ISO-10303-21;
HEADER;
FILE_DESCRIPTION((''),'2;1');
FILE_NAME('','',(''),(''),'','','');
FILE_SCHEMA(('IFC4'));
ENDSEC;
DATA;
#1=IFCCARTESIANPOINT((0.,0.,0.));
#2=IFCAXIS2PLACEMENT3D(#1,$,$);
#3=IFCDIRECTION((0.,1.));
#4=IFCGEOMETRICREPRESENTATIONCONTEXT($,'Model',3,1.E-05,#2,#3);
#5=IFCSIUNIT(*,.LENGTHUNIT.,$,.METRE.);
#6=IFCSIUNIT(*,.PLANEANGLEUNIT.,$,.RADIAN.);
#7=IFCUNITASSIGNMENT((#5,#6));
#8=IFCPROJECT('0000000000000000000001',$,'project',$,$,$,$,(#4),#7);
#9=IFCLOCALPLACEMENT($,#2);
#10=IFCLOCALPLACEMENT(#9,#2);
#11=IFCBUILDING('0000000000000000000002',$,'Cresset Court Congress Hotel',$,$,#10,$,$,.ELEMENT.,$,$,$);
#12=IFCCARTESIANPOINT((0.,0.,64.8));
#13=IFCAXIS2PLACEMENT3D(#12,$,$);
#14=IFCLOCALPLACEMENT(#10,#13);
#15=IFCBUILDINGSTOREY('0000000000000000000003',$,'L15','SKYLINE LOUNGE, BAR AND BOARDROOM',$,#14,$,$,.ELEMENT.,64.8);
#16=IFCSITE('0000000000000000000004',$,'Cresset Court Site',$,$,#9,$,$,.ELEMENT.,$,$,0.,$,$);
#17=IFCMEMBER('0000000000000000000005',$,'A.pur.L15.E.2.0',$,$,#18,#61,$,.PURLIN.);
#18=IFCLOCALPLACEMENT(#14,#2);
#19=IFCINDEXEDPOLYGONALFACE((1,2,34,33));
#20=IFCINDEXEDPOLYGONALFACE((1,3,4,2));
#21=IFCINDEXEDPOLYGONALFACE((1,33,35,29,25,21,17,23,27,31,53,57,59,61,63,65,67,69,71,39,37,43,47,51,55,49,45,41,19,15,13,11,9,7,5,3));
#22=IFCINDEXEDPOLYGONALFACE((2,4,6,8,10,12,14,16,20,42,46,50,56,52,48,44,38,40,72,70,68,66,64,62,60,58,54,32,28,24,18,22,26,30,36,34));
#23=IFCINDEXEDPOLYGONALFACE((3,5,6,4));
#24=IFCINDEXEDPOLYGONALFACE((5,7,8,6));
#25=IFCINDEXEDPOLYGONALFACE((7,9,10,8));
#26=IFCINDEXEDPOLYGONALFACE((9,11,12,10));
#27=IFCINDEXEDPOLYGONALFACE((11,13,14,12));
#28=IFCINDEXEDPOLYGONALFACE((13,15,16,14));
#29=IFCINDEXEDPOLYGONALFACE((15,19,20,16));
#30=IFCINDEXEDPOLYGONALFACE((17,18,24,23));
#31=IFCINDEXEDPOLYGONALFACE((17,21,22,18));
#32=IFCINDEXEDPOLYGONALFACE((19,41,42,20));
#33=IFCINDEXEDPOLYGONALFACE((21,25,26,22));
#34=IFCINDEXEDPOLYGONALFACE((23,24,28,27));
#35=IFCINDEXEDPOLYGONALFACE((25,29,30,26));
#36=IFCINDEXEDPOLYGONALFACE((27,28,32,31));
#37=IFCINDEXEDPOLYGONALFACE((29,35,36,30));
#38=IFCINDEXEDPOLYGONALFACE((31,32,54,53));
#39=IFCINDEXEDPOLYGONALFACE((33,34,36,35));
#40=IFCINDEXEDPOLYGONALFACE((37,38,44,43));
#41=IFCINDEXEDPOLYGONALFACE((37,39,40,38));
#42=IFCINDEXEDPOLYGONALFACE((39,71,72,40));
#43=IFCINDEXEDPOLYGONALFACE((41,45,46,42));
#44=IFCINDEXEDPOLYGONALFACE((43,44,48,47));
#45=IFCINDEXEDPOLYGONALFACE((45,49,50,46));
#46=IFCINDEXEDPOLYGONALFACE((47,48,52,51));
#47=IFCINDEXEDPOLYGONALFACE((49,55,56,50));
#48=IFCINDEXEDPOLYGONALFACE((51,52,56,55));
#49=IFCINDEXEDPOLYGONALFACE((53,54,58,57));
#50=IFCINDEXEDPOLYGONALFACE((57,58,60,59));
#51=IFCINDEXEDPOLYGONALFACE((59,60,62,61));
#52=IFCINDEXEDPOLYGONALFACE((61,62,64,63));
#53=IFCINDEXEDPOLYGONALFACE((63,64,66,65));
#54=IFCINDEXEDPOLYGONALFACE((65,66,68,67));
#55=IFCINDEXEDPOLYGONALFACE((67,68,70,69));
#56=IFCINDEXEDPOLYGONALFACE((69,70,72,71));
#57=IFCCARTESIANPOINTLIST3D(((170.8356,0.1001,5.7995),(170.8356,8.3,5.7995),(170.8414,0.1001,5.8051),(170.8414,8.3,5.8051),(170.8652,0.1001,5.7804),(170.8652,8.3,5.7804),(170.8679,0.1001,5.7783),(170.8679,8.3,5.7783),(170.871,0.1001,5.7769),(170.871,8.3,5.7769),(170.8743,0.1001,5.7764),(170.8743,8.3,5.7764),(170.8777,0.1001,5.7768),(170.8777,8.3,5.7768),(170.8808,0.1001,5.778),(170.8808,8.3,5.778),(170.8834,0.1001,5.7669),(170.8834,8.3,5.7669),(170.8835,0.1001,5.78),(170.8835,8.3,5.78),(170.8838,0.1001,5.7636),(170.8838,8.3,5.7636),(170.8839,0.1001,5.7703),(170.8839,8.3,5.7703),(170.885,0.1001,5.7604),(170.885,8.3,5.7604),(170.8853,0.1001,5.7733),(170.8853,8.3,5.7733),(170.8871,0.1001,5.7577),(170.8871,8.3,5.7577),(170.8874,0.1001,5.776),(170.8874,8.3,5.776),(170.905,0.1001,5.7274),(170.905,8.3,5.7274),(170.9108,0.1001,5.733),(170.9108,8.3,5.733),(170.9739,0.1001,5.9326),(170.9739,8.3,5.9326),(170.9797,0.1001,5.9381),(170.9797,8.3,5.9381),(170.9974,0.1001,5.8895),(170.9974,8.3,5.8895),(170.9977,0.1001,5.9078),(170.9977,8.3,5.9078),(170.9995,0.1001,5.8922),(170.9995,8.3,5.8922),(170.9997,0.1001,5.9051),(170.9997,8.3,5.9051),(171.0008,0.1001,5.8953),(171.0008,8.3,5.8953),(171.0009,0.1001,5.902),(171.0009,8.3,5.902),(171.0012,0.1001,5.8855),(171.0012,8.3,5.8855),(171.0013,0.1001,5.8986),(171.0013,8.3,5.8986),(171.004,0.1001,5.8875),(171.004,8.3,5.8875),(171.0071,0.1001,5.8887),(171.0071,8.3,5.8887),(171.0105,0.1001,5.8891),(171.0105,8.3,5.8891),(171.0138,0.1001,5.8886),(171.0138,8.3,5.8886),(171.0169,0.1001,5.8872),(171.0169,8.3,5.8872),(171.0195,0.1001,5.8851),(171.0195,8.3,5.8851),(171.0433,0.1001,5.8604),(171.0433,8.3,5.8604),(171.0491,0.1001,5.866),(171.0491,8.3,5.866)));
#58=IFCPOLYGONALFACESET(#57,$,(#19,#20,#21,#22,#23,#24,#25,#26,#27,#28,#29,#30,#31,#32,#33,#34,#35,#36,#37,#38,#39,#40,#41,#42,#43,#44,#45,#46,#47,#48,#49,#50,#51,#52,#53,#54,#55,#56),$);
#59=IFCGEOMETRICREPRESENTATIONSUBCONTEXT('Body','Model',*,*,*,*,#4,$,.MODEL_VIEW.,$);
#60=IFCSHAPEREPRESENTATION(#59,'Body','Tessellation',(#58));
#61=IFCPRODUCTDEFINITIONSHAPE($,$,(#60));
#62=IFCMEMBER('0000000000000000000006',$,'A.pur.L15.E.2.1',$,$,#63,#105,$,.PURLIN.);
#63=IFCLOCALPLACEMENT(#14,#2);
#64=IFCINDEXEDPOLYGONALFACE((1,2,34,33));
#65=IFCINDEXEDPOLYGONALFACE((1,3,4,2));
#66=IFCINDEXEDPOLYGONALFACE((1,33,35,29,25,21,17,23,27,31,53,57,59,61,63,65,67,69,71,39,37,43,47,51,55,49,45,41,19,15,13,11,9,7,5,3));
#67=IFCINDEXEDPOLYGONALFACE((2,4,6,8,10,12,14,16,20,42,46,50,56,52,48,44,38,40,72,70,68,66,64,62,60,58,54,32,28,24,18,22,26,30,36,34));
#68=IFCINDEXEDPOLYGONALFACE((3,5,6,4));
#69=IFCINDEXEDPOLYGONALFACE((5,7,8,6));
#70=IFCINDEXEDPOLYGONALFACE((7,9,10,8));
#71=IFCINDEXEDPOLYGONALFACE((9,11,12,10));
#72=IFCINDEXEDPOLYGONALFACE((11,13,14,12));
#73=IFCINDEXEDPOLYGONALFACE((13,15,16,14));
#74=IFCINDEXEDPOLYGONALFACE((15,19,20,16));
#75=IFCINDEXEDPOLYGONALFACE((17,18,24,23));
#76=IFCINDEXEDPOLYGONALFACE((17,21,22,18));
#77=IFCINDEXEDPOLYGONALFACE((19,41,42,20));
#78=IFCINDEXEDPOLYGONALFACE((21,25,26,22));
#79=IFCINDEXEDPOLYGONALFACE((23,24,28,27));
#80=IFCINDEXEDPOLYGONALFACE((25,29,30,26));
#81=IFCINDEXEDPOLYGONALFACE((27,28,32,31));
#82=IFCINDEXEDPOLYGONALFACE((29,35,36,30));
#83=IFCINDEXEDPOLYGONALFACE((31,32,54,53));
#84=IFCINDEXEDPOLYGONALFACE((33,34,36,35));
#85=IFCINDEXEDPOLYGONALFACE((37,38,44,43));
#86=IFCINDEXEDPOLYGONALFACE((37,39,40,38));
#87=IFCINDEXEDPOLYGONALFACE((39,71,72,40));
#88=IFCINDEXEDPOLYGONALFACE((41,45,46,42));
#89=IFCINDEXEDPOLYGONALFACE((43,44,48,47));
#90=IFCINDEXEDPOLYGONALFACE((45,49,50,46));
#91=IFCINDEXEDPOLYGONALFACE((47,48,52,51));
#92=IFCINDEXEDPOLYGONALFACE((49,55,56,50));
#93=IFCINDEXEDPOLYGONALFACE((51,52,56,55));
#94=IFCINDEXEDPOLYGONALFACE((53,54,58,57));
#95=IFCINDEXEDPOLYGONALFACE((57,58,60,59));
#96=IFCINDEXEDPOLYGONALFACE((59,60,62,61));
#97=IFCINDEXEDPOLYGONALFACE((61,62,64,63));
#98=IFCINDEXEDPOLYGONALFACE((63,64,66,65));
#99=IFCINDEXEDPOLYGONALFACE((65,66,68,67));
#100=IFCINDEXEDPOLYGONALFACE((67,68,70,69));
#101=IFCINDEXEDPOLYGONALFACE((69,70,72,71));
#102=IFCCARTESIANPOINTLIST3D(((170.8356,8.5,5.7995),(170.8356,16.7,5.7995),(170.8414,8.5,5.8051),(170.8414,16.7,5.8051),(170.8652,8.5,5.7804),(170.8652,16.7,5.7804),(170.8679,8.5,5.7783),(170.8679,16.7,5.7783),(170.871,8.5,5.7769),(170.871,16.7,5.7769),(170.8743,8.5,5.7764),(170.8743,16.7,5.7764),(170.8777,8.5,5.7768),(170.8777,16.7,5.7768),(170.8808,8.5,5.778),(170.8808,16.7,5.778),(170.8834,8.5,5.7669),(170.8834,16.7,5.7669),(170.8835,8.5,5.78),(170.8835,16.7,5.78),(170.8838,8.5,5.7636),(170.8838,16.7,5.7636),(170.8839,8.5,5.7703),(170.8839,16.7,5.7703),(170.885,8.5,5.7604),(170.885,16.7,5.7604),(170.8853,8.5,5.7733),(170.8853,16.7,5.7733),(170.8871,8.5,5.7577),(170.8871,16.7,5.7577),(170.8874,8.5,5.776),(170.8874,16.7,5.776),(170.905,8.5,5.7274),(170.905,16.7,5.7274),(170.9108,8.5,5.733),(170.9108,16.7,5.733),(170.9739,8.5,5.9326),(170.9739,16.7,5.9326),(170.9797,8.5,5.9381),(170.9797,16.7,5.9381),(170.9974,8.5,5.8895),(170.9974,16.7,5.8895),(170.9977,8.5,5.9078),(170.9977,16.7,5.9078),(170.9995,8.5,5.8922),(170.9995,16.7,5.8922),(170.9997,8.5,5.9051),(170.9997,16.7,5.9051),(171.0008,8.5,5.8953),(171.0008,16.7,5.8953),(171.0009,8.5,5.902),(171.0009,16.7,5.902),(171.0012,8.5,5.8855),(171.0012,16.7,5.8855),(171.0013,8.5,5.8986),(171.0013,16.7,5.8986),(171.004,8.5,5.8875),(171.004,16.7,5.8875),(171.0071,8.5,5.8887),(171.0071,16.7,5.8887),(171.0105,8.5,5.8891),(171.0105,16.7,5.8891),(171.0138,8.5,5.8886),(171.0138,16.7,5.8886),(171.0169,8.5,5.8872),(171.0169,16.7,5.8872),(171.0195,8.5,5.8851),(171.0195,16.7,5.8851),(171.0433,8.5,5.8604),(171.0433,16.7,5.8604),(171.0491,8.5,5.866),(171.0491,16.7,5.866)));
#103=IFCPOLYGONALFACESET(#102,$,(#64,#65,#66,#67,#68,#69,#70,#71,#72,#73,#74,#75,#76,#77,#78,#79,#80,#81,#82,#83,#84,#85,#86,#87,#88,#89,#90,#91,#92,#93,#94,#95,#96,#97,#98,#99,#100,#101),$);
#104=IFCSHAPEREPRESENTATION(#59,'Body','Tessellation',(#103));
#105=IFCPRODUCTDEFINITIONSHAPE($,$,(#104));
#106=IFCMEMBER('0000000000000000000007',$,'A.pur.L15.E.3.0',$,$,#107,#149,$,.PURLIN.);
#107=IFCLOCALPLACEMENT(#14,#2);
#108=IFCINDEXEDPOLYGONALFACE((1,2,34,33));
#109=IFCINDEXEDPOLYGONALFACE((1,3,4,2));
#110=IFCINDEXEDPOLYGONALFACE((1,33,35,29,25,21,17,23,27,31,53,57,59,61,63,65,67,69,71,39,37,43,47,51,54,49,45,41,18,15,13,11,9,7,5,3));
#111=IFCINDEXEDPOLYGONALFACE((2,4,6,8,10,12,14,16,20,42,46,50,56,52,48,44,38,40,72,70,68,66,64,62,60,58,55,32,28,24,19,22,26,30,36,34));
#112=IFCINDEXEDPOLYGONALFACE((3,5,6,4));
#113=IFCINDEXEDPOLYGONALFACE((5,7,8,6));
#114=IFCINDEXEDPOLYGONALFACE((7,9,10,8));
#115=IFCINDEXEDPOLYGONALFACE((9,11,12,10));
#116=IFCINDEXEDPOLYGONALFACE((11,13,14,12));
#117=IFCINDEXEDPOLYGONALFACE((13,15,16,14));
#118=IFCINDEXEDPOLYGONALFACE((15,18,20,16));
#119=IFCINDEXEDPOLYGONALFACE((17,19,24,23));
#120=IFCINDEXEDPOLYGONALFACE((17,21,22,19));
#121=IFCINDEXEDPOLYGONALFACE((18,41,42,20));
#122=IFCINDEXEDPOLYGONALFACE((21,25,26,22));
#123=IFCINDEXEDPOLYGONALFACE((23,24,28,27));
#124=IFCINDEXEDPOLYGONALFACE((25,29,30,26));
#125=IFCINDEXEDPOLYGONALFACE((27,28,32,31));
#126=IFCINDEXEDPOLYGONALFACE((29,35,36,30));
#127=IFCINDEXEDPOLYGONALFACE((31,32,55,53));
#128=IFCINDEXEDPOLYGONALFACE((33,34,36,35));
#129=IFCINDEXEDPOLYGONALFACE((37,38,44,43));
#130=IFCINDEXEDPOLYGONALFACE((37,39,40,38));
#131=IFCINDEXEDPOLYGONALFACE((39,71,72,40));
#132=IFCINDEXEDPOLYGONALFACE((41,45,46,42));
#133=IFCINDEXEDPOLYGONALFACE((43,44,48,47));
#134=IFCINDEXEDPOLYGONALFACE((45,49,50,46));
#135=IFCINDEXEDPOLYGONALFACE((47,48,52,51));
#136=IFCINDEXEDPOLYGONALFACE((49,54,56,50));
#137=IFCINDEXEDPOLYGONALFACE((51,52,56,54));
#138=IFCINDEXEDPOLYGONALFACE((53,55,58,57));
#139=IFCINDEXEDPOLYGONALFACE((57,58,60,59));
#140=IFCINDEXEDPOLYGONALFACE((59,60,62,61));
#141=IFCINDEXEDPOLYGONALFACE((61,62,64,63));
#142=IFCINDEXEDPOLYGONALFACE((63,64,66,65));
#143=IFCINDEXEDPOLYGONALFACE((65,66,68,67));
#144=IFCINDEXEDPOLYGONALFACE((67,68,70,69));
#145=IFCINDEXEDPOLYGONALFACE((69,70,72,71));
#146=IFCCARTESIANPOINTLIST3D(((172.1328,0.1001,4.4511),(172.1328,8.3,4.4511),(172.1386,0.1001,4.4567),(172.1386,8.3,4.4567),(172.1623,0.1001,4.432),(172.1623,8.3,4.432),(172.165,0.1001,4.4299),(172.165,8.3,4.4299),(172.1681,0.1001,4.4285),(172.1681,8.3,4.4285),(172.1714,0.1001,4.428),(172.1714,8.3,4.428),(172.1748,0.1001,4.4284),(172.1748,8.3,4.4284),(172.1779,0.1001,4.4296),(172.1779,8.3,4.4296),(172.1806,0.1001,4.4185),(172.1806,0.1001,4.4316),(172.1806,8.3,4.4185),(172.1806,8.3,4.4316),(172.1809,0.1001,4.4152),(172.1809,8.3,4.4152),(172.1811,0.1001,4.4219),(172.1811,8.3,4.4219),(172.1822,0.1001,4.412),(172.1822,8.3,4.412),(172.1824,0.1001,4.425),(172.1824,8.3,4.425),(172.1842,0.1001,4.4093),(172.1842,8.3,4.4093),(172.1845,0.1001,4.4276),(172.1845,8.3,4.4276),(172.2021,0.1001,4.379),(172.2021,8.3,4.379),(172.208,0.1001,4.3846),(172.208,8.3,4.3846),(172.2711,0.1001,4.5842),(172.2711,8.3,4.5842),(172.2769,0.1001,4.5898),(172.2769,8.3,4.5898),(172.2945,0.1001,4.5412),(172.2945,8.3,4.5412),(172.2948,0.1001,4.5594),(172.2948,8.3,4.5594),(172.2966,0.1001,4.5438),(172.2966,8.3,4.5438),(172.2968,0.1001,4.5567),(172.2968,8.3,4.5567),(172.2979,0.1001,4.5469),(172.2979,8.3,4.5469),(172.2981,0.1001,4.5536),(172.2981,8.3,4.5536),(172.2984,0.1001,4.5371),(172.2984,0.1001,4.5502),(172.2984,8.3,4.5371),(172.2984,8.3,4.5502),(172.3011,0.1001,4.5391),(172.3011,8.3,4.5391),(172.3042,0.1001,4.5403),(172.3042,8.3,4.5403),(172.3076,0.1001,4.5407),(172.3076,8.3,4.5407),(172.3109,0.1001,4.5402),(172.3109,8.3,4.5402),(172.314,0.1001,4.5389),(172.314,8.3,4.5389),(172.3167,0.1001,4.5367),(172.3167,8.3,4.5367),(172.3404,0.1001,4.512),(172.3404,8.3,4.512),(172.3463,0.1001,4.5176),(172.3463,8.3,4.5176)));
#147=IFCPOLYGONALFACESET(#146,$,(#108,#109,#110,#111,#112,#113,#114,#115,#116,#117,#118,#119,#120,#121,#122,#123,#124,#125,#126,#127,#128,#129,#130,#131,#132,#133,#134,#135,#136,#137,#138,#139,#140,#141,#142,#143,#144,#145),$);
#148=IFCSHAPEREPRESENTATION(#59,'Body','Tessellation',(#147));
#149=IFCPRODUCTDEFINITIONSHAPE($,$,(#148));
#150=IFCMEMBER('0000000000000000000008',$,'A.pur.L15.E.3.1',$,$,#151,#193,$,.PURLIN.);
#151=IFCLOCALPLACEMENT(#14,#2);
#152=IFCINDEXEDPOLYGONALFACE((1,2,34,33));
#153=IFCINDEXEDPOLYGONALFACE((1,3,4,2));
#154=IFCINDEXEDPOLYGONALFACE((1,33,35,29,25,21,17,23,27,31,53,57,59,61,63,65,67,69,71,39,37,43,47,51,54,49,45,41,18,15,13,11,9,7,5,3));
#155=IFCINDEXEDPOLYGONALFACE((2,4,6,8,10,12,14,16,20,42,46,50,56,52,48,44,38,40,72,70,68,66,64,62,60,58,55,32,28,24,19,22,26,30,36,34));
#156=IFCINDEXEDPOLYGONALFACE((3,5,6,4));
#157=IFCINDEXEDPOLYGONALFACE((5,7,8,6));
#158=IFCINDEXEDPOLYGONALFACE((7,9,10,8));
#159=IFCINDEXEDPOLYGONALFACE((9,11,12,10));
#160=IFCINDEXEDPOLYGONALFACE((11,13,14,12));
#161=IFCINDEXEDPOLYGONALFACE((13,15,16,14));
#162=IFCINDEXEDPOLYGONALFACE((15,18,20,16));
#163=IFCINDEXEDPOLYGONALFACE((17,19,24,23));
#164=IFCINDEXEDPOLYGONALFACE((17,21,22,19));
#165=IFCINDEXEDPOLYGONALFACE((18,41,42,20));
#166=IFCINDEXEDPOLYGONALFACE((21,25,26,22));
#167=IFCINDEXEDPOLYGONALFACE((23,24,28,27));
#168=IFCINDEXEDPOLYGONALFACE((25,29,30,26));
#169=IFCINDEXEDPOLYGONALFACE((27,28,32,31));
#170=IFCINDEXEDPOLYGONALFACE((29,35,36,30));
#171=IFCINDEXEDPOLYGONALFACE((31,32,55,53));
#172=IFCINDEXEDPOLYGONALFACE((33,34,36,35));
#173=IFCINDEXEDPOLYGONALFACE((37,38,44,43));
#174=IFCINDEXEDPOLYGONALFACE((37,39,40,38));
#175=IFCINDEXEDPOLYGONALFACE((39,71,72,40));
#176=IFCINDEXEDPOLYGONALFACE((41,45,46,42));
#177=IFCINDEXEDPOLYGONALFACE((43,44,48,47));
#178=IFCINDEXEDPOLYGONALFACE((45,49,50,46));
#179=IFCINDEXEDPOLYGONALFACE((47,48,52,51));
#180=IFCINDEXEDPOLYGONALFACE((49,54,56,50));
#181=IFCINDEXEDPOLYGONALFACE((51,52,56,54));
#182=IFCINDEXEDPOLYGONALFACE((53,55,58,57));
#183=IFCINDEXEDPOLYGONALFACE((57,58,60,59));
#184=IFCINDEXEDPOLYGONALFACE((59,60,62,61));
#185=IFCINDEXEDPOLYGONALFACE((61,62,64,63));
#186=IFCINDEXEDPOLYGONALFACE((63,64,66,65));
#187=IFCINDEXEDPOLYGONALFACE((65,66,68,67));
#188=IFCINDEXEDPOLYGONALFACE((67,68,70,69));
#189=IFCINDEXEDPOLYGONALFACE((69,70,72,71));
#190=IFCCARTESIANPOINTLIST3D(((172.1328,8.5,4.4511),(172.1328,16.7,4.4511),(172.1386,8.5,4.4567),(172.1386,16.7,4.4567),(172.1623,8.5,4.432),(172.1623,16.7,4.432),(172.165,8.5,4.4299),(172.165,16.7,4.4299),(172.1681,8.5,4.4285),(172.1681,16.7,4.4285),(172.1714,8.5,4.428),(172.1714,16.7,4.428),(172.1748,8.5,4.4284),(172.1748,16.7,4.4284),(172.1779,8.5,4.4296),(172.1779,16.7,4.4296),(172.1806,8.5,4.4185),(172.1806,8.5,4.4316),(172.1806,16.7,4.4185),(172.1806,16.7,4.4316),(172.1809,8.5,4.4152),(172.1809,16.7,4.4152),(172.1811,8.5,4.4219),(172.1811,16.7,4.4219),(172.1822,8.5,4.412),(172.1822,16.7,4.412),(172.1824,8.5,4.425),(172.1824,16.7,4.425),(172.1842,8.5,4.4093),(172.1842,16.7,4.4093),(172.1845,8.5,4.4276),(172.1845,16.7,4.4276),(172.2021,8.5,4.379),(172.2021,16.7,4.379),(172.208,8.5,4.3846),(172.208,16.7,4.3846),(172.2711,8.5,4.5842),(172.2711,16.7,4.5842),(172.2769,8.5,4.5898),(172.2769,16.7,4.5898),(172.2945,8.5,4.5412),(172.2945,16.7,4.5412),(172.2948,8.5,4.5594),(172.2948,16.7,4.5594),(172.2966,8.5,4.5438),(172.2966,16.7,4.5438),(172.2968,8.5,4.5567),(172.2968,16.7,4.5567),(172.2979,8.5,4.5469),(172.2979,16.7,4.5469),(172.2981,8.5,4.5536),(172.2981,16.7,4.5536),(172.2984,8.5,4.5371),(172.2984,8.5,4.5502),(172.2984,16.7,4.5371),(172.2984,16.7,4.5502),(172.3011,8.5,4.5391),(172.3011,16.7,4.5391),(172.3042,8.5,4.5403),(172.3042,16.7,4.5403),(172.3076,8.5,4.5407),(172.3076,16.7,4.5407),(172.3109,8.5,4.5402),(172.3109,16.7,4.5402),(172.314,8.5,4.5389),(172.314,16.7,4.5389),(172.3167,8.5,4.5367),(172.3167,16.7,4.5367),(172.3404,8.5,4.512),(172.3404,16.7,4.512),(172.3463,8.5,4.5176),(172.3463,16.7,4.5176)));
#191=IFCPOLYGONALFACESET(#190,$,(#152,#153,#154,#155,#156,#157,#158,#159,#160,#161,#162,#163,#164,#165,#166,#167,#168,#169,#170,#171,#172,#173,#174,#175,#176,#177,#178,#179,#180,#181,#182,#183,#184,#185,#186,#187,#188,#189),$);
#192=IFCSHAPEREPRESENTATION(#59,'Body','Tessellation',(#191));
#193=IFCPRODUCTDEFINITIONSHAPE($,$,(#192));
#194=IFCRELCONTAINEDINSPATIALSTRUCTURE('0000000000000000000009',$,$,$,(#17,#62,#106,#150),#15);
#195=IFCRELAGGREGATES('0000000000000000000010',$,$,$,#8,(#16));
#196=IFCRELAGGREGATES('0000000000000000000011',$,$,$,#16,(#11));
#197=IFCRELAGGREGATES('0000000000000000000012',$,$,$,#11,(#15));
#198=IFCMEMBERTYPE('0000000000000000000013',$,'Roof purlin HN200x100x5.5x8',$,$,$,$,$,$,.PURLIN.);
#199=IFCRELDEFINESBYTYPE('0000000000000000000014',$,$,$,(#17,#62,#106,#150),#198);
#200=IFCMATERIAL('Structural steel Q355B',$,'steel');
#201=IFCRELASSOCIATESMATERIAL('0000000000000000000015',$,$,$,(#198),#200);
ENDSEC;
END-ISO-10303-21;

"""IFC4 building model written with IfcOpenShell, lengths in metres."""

from ifc_helpers import new_model, si_unit, direction, frame, origin, origin_2d, place, context, subcontext, project, spatial, i_section, extrude, material, material_profile, profile_set, type_object, element, save


model = new_model("IFC4")

# Units and contexts
model_context = context("Model", 3, precision=1e-05, world=origin(), true_north=direction((0.0, 1.0)))
body_context = subcontext(model_context, "Body", "Model", "MODEL_VIEW")
ifc_project = project(units=[si_unit("LENGTHUNIT", "METRE"), si_unit("PLANEANGLEUNIT", "RADIAN")], contexts=[model_context])

# Site, building, storey
site_placement = place(None, origin())
site = spatial("IfcSite", under=ifc_project, at=site_placement, Name="Cresset Court Site", CompositionType="ELEMENT", RefElevation=0.0)
building_placement = place(site_placement, origin())
building = spatial("IfcBuilding", under=site, at=building_placement, Name="Cresset Court Congress Hotel", CompositionType="ELEMENT")
storey_placement = place(building_placement, frame((0.0, 0.0, 64.8)))
storey = spatial("IfcBuildingStorey", under=building, at=storey_placement, Name="L15", Description="SKYLINE LOUNGE, BAR AND BOARDROOM", CompositionType="ELEMENT", Elevation=64.8)

# Members
ifc_material_1 = material(Name="Structural steel Q355B", Category="steel")
ifc_material_profile_1 = material_profile(ifc_material_1, i_section(OverallWidth=0.1001, OverallDepth=0.2, WebThickness=0.0056, FlangeThickness=0.0081, FilletRadius=0.0129, at=origin_2d()), Name="HN200x100x5.5x8")
ifc_profile_set_1 = profile_set([ifc_material_profile_1], Name="Structural steel Q355B")
member_type_1 = type_object("IfcMemberType", Name="Roof purlin HN200x100x5.5x8", PredefinedType="PURLIN", material=ifc_profile_set_1)
for number, where, z_axis, x_axis, name in (
    (1, (170.9424, 0.1001, 5.8328), (0.0, 1.0, 0.0), (-0.693246, 0.0, 0.720701), "A.pur.L15.E.2.0"),
    (2, (170.9424, 8.5, 5.8328), (0.0, 1.0, 0.0), (-0.693246, 0.0, 0.720701), "A.pur.L15.E.2.1"),
    (3, (172.2395, 0.1001, 4.4844), (0.0, 1.0, 0.0), (-0.693246, 0.0, 0.720701), "A.pur.L15.E.3.0"),
    (4, (172.2395, 8.5, 4.4844), (0.0, 1.0, 0.0), (-0.693246, 0.0, 0.720701), "A.pur.L15.E.3.1"),
):
    element("IfcMember", number, at=place(storey_placement, frame(where, z_axis=z_axis, x_axis=x_axis)), inside=storey, type_object=member_type_1, Name=name, PredefinedType="PURLIN", context=body_context, shape_type="SweptSolid", body=[
        extrude(i_section(OverallWidth=0.1001, OverallDepth=0.2, WebThickness=0.0056, FlangeThickness=0.0081, FilletRadius=0.0129, at=origin_2d()), origin(), (0.0, 0.0, 1.0), 8.2),
    ])

save(model, "model.ifc")
